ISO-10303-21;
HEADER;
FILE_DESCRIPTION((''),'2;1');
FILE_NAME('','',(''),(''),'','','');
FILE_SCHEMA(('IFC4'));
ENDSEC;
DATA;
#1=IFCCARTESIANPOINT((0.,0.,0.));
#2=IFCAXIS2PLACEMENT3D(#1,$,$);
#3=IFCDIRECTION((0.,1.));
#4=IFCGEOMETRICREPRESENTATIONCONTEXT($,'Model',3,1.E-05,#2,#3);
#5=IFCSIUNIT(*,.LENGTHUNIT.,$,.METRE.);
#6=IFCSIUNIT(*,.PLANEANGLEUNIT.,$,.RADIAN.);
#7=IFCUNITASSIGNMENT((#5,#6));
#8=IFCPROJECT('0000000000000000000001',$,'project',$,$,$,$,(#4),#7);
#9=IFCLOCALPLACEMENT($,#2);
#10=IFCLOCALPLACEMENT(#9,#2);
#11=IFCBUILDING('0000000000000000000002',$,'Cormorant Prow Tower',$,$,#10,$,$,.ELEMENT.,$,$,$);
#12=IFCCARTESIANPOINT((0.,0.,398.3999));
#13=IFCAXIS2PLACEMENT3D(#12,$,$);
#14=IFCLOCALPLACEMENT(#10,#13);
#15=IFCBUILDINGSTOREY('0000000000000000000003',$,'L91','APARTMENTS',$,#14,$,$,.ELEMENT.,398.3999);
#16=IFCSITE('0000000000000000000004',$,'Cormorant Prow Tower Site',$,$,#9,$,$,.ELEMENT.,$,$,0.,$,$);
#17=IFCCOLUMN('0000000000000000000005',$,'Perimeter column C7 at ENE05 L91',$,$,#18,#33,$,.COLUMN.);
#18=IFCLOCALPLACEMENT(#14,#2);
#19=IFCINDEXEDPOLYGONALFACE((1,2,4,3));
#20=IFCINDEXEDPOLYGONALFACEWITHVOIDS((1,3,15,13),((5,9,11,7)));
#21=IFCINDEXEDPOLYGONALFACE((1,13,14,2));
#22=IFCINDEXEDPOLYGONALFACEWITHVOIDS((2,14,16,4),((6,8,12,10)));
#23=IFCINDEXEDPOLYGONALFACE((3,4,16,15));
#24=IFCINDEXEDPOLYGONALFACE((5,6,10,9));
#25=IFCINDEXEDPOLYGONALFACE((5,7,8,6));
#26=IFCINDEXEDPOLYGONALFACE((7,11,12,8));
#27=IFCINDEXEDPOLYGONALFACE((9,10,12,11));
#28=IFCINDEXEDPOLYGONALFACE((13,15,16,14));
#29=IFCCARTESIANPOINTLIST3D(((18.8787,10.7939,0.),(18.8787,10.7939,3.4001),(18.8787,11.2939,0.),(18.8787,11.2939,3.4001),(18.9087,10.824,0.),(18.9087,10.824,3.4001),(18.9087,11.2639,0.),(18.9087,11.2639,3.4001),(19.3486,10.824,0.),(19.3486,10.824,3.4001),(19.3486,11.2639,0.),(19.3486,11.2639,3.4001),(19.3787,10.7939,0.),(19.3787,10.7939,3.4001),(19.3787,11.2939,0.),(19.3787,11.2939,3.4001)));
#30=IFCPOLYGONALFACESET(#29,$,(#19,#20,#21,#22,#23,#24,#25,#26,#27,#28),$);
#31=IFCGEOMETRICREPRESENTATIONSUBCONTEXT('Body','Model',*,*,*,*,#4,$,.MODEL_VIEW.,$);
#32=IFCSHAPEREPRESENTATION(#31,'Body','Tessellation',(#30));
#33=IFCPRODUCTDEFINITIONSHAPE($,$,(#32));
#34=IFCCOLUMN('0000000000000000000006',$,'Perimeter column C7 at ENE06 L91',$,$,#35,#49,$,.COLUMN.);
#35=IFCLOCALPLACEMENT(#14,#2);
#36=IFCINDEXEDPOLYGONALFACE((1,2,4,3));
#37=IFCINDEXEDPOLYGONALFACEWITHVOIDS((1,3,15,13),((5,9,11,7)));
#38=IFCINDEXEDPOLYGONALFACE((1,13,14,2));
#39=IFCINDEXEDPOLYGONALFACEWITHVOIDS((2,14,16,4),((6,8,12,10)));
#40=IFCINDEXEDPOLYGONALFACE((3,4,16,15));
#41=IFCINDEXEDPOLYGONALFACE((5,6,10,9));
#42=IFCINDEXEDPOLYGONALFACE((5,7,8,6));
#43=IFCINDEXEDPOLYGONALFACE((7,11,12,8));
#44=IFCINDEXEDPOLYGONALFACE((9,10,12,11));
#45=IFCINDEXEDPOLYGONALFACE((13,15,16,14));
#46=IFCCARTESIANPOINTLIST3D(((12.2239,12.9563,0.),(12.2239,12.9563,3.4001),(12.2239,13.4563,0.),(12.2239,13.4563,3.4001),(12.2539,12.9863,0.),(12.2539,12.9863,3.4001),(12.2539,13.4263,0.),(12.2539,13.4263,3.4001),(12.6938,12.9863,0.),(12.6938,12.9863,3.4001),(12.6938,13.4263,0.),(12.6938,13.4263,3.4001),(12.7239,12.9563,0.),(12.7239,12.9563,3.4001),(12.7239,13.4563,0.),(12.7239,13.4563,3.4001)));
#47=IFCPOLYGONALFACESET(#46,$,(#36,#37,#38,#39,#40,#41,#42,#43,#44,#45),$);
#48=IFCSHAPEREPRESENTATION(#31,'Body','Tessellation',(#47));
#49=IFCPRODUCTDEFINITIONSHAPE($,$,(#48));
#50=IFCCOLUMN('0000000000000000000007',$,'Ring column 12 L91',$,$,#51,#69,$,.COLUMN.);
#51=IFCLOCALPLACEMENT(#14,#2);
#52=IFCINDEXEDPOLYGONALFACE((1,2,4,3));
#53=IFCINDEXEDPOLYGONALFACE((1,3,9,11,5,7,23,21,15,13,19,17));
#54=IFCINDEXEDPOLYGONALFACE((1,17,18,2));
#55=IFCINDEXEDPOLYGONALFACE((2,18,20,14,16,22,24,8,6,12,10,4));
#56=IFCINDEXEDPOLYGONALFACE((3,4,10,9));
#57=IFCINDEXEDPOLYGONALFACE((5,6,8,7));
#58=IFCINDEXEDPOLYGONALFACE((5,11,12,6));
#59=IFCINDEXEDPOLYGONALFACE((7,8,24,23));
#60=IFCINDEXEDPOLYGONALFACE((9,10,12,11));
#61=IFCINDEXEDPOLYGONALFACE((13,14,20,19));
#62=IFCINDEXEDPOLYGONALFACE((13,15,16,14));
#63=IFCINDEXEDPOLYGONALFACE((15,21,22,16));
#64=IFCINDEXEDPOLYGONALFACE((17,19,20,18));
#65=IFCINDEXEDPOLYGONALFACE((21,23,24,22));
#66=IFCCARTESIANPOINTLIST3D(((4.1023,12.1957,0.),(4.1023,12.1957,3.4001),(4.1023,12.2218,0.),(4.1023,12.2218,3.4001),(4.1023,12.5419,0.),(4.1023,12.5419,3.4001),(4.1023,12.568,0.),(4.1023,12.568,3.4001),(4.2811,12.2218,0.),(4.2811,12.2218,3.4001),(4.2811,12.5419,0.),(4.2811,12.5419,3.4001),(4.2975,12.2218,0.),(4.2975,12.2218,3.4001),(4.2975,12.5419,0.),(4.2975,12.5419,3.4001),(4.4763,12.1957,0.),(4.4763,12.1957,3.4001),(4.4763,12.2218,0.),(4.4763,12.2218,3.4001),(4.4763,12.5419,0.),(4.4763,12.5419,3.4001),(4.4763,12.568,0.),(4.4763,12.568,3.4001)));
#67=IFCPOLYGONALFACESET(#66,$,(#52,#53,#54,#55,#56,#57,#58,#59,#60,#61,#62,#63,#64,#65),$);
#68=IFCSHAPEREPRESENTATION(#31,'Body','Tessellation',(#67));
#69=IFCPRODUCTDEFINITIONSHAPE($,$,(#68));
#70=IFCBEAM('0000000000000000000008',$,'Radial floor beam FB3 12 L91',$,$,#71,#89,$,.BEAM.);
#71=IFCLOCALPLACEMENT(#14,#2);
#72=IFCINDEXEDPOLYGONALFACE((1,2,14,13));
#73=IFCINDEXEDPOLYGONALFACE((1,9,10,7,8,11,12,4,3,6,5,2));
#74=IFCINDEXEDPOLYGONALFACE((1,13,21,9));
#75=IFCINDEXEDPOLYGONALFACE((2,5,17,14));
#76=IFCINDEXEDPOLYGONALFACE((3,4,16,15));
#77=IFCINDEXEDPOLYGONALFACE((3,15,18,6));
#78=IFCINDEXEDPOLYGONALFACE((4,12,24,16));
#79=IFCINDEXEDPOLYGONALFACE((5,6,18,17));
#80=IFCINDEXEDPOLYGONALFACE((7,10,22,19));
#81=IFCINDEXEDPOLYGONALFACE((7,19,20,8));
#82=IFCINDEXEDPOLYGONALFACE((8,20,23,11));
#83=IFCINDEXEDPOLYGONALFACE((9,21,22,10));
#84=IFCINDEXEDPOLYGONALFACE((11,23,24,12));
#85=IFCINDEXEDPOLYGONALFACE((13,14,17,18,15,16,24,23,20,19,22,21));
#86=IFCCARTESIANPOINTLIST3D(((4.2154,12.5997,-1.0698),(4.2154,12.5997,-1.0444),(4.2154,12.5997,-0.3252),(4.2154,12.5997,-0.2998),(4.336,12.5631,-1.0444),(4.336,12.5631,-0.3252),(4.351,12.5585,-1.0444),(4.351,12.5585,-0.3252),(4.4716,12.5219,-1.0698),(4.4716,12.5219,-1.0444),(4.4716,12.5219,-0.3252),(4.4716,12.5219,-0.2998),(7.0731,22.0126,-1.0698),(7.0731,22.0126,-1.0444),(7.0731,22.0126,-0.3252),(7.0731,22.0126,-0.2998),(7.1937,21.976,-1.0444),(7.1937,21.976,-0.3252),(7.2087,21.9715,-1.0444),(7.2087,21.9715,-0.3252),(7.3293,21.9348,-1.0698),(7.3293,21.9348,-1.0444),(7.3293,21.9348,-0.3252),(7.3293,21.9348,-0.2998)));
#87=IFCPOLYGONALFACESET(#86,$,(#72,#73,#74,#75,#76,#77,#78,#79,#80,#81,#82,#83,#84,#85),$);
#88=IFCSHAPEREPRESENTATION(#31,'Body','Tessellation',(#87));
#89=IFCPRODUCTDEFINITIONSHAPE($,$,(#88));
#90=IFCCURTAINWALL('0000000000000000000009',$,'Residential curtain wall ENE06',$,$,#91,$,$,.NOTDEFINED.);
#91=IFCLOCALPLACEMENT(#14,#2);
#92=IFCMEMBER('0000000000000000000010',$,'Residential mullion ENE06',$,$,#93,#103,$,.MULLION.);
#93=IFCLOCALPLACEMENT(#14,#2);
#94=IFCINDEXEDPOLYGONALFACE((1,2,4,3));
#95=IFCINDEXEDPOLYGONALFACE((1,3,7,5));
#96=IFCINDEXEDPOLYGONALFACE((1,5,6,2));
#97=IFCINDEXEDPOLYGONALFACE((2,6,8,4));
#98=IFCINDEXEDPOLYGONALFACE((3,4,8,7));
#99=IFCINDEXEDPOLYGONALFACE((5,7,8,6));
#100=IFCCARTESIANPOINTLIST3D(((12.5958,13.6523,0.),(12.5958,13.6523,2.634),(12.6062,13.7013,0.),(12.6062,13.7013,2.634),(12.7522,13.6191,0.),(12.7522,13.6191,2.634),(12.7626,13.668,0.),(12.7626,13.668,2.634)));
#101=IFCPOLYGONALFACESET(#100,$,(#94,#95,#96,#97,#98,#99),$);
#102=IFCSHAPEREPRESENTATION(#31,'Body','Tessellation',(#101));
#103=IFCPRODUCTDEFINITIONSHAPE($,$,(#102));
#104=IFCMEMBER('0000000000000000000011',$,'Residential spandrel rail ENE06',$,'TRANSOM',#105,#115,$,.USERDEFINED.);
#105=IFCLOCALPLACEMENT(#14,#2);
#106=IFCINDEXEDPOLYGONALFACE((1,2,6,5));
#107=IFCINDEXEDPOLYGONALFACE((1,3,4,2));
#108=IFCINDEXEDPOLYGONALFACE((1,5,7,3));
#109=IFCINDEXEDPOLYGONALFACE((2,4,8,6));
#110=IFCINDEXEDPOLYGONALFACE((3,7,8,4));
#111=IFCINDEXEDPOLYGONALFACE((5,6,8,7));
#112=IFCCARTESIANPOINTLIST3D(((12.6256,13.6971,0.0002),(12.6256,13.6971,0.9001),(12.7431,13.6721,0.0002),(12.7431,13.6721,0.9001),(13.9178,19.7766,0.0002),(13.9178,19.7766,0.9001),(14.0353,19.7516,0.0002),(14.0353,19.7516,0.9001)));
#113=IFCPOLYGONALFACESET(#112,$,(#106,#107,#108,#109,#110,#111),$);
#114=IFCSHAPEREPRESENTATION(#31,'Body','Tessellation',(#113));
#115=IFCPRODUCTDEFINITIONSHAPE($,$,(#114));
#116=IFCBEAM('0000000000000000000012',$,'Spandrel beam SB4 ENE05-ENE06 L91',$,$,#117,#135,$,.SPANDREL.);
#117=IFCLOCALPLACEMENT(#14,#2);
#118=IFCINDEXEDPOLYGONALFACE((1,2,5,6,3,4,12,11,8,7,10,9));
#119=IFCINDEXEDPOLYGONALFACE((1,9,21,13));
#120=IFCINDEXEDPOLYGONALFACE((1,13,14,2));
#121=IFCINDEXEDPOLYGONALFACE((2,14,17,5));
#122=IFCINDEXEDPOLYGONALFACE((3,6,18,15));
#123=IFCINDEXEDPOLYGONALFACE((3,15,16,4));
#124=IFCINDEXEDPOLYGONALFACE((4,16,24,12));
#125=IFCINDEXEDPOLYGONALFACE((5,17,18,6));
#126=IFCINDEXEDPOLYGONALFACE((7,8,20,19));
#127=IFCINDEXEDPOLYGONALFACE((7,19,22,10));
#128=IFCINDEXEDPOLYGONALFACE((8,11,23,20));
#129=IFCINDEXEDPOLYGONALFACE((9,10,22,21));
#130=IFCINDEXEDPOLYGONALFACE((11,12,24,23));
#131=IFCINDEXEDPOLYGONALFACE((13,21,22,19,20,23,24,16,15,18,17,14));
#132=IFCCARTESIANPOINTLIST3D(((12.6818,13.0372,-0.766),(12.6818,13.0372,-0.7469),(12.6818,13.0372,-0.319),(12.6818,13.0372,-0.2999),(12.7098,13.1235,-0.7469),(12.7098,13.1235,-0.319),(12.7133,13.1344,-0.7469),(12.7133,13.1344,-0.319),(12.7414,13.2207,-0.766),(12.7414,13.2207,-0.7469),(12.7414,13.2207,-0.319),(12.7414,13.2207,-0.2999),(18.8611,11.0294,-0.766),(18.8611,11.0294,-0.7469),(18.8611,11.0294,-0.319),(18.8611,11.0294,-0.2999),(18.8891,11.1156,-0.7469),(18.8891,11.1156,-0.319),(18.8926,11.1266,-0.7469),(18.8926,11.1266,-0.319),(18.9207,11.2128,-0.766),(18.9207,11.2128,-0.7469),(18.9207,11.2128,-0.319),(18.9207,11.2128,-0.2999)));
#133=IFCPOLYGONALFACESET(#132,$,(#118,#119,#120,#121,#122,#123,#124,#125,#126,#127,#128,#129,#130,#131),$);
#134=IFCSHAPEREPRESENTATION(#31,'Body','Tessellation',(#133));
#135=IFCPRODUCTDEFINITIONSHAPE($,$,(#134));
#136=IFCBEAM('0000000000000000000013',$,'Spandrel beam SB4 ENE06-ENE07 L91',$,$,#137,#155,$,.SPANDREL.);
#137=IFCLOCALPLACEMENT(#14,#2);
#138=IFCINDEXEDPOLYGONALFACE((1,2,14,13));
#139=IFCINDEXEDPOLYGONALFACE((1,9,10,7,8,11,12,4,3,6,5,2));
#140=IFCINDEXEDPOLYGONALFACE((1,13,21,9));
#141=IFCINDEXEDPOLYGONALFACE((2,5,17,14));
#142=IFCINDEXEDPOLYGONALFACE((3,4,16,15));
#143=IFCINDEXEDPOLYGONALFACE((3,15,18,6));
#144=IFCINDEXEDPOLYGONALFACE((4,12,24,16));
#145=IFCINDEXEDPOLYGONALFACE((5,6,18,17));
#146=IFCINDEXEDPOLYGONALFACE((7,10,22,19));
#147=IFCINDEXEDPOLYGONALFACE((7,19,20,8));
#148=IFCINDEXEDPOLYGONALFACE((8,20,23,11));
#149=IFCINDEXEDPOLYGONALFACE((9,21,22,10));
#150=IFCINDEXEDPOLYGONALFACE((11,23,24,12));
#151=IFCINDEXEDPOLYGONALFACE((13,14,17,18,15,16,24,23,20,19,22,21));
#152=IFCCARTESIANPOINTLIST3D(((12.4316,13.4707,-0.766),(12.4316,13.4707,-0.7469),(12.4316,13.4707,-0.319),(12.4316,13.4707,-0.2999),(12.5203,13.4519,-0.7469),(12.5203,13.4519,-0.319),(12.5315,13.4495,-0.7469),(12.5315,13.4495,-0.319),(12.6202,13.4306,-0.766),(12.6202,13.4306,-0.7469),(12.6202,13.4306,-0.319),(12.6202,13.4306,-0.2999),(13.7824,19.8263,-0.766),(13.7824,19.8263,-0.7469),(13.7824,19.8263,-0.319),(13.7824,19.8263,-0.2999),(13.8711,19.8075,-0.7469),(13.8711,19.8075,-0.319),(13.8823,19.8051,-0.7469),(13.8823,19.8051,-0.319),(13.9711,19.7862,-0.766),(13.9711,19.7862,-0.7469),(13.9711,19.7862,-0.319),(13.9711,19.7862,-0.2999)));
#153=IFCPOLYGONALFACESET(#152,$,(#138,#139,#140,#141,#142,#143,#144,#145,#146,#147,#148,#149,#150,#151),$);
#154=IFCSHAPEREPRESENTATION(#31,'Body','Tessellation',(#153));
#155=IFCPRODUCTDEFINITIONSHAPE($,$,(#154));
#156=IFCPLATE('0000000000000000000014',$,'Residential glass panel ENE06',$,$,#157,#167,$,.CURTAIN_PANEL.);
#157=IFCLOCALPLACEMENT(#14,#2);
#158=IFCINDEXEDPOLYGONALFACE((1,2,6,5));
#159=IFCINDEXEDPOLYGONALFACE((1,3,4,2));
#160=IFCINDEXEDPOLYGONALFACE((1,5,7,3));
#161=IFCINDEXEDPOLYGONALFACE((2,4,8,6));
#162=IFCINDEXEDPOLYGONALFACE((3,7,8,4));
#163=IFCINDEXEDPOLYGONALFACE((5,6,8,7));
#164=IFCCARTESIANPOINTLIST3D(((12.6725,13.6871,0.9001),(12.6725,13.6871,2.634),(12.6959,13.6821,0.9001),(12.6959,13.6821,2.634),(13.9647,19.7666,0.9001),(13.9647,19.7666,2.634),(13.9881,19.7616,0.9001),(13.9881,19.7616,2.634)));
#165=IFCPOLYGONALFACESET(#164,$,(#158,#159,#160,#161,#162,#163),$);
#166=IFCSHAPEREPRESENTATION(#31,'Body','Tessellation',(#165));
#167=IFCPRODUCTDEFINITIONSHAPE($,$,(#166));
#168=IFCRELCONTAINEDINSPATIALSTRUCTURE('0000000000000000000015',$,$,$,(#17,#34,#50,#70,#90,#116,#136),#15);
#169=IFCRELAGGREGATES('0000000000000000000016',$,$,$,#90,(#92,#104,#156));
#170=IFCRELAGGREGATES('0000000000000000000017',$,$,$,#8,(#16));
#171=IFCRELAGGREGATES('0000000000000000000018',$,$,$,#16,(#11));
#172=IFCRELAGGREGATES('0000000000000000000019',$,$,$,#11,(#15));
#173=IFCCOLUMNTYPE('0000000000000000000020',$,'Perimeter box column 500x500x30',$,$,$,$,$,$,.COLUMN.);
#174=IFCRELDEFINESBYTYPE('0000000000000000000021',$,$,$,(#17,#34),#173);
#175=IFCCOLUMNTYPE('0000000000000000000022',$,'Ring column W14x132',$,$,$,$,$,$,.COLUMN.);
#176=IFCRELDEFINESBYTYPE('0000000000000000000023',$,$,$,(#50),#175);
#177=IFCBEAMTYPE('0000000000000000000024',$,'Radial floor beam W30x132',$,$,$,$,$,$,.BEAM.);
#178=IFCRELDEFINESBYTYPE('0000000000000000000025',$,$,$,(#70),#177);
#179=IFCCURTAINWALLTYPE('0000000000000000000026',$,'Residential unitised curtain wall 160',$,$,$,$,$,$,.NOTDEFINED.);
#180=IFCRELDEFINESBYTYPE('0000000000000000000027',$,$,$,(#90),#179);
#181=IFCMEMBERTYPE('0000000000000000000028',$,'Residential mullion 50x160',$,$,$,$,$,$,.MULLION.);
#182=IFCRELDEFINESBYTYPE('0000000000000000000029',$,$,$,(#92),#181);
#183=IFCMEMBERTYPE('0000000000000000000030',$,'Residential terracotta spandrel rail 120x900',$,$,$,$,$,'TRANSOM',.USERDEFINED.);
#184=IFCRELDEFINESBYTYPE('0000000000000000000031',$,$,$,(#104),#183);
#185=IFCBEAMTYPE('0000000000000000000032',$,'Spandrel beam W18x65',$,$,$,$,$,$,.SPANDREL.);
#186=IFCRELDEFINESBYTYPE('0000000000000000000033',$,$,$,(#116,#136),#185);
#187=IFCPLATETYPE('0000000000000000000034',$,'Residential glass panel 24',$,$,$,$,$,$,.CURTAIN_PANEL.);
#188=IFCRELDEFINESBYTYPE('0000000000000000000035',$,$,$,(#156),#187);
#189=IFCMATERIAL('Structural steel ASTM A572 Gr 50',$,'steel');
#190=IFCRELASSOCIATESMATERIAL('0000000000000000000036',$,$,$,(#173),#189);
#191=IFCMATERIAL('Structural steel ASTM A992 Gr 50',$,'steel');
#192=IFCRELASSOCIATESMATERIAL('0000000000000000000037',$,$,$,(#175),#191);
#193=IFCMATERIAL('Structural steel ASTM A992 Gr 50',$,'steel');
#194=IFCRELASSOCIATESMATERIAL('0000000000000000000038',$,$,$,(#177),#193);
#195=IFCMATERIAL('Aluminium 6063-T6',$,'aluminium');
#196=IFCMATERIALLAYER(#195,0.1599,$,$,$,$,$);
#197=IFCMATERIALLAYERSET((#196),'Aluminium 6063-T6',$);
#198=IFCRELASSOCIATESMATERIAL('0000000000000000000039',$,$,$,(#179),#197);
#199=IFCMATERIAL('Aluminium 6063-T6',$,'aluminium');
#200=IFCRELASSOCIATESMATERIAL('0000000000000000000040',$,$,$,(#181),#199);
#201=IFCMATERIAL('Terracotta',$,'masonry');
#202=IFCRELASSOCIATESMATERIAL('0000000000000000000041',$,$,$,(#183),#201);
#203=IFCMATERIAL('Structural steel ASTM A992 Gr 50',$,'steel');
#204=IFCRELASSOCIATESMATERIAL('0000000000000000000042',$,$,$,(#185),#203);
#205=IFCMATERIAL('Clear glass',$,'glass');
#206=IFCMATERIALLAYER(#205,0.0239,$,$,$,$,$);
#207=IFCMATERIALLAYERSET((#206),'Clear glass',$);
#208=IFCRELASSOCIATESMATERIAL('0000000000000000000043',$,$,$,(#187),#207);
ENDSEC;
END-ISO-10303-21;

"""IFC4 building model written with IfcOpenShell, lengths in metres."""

from ifc_helpers import new_model, si_unit, direction, frame, origin, origin_2d, place, context, subcontext, project, spatial, rectangle, hollow_rectangle, i_section, extrude, material, layer, layer_set, material_profile, profile_set, type_object, element, aggregate, save


model = new_model("IFC4")

# Units and contexts
model_context = context("Model", 3, precision=1e-05, world=origin(), true_north=direction((0.0, 1.0)))
body_context = subcontext(model_context, "Body", "Model", "MODEL_VIEW")
ifc_project = project(units=[si_unit("LENGTHUNIT", "METRE"), si_unit("PLANEANGLEUNIT", "RADIAN")], contexts=[model_context])

# Site, building, storey
site_placement = place(None, origin())
site = spatial("IfcSite", under=ifc_project, at=site_placement, Name="Cormorant Prow Tower Site", CompositionType="ELEMENT", RefElevation=0.0)
building_placement = place(site_placement, origin())
building = spatial("IfcBuilding", under=site, at=building_placement, Name="Cormorant Prow Tower", CompositionType="ELEMENT")
storey_placement = place(building_placement, frame((0.0, 0.0, 398.3999)))
storey = spatial("IfcBuildingStorey", under=building, at=storey_placement, Name="L91", Description="APARTMENTS", CompositionType="ELEMENT", Elevation=398.3999)

# Columns
ifc_material_1 = material(Name="Structural steel ASTM A572 Gr 50", Category="steel")
ifc_material_profile_1 = material_profile(ifc_material_1, hollow_rectangle(XDim=0.5, YDim=0.5, WallThickness=0.03, at=origin_2d()), Name="Box 500x500x30")
ifc_profile_set_1 = profile_set([ifc_material_profile_1], Name="Structural steel ASTM A572 Gr 50")
column_type_1 = type_object("IfcColumnType", Name="Perimeter box column 500x500x30", PredefinedType="COLUMN", material=ifc_profile_set_1)
for number, where, z_axis, x_axis, name in (
    (1, (19.1287, 11.0439, 0.0), (0.0, 0.0, 1.0), (1.0, 0.0, 0.0), "Perimeter column C7 at ENE05 L91"),
    (2, (12.4739, 13.2063, 0.0), (0.0, 0.0, 1.0), (1.0, 0.0, 0.0), "Perimeter column C7 at ENE06 L91"),
):
    element("IfcColumn", number, at=place(storey_placement, frame(where, z_axis=z_axis, x_axis=x_axis)), inside=storey, type_object=column_type_1, Name=name, PredefinedType="COLUMN", context=body_context, shape_type="SweptSolid", body=[
        extrude(hollow_rectangle(XDim=0.5, YDim=0.5, WallThickness=0.03, at=origin_2d()), origin(), (0.0, 0.0, 1.0), 3.4001),
    ])
ifc_material_2 = material(Name="Structural steel ASTM A992 Gr 50", Category="steel")
ifc_material_profile_2 = material_profile(ifc_material_2, i_section(OverallWidth=0.374, OverallDepth=0.3723, WebThickness=0.0164, FlangeThickness=0.0261, at=origin_2d()), Name="W14x132")
ifc_profile_set_2 = profile_set([ifc_material_profile_2], Name="Structural steel ASTM A992 Gr 50")
column_type_2 = type_object("IfcColumnType", Name="Ring column W14x132", PredefinedType="COLUMN", material=ifc_profile_set_2)
column_placement = place(storey_placement, frame((4.2893, 12.3818, 0.0), z_axis=(0.0, 0.0, 1.0), x_axis=(1.0, 0.0, 0.0)))
element("IfcColumn", 3, at=column_placement, inside=storey, type_object=column_type_2, Name="Ring column 12 L91", PredefinedType="COLUMN", context=body_context, shape_type="SweptSolid", body=[
    extrude(i_section(OverallWidth=0.374, OverallDepth=0.3723, WebThickness=0.0164, FlangeThickness=0.0261, at=origin_2d()), origin(), (0.0, 0.0, 1.0), 3.4001),
])

# Beam
ifc_material_3 = material(Name="Structural steel ASTM A992 Gr 50", Category="steel")
ifc_material_profile_3 = material_profile(ifc_material_3, i_section(OverallWidth=0.2678, OverallDepth=0.77, WebThickness=0.0156, FlangeThickness=0.0254, at=origin_2d()), Name="W30x132")
ifc_profile_set_3 = profile_set([ifc_material_profile_3], Name="Structural steel ASTM A992 Gr 50")
beam_type_1 = type_object("IfcBeamType", Name="Radial floor beam W30x132", PredefinedType="BEAM", material=ifc_profile_set_3)
beam_1_placement = place(storey_placement, frame((4.3435, 12.5608, -0.6848), z_axis=(0.2905, 0.956875, 0.0), x_axis=(-0.956875, 0.2905, 0.0)))
element("IfcBeam", 4, at=beam_1_placement, inside=storey, type_object=beam_type_1, Name="Radial floor beam FB3 12 L91", PredefinedType="BEAM", context=body_context, shape_type="SweptSolid", body=[
    extrude(i_section(OverallWidth=0.2678, OverallDepth=0.77, WebThickness=0.0156, FlangeThickness=0.0254, at=origin_2d()), origin(), (0.0, 0.0, 1.0), 9.8372),
])

# Curtain wall, members
ifc_material_4 = material(Name="Aluminium 6063-T6", Category="aluminium")
ifc_layer_1 = layer(ifc_material_4, 0.1599)
ifc_layer_set_1 = layer_set([ifc_layer_1], Name="Aluminium 6063-T6")
curtain_wall_type = type_object("IfcCurtainWallType", Name="Residential unitised curtain wall 160", PredefinedType="NOTDEFINED", material=ifc_layer_set_1)
curtain_wall_placement = place(storey_placement, origin())
curtain_wall = element("IfcCurtainWall", 5, at=curtain_wall_placement, inside=storey, type_object=curtain_wall_type, Name="Residential curtain wall ENE06", PredefinedType="NOTDEFINED")
ifc_material_5 = material(Name="Aluminium 6063-T6", Category="aluminium")
ifc_material_profile_4 = material_profile(ifc_material_5, rectangle(XDim=0.1599, YDim=0.05, at=origin_2d()), Name="Residential mullion 50x160")
ifc_profile_set_4 = profile_set([ifc_material_profile_4], Name="Aluminium 6063-T6")
member_type_1 = type_object("IfcMemberType", Name="Residential mullion 50x160", PredefinedType="MULLION", material=ifc_profile_set_4)
member_1_placement = place(storey_placement, frame((12.6792, 13.6602, 0.0), z_axis=(0.0, 0.0, 1.0), x_axis=(-0.978148, 0.207912, 0.0)))
member_1 = element("IfcMember", 6, at=member_1_placement, type_object=member_type_1, Name="Residential mullion ENE06", PredefinedType="MULLION", context=body_context, shape_type="SweptSolid", body=[
    extrude(rectangle(XDim=0.1599, YDim=0.05, at=origin_2d()), origin(), (0.0, 0.0, 1.0), 2.634),
])
ifc_material_6 = material(Name="Terracotta", Category="masonry")
ifc_material_profile_5 = material_profile(ifc_material_6, rectangle(XDim=0.1201, YDim=0.8999, at=origin_2d()), Name="Residential terracotta spandrel rail 120x900")
ifc_profile_set_5 = profile_set([ifc_material_profile_5], Name="Terracotta")
member_type_2 = type_object("IfcMemberType", Name="Residential terracotta spandrel rail 120x900", ElementType="TRANSOM", PredefinedType="USERDEFINED", material=ifc_profile_set_5)
member_2_placement = place(storey_placement, frame((12.6843, 13.6846, 0.4502), z_axis=(0.207909, 0.978148, 0.0), x_axis=(-0.978148, 0.207909, 0.0)))
member_2 = element("IfcMember", 7, at=member_2_placement, type_object=member_type_2, Name="Residential spandrel rail ENE06", ObjectType="TRANSOM", PredefinedType="USERDEFINED", context=body_context, shape_type="SweptSolid", body=[
    extrude(rectangle(XDim=0.1201, YDim=0.8999, at=origin_2d()), origin(), (0.0, 0.0, 1.0), 6.2153),
])

# Beams
ifc_material_7 = material(Name="Structural steel ASTM A992 Gr 50", Category="steel")
ifc_material_profile_6 = material_profile(ifc_material_7, i_section(OverallWidth=0.1929, OverallDepth=0.4661, WebThickness=0.0115, FlangeThickness=0.019, at=origin_2d()), Name="W18x65")
ifc_profile_set_6 = profile_set([ifc_material_profile_6], Name="Structural steel ASTM A992 Gr 50")
beam_type_2 = type_object("IfcBeamType", Name="Spandrel beam W18x65", PredefinedType="SPANDREL", material=ifc_profile_set_6)
beam_2_placement = place(storey_placement, frame((18.8909, 11.1211, -0.533), z_axis=(-0.951053, 0.309027, 0.0), x_axis=(-0.309027, -0.951053, 0.0)))
element("IfcBeam", 8, at=beam_2_placement, inside=storey, type_object=beam_type_2, Name="Spandrel beam SB4 ENE05-ENE06 L91", PredefinedType="SPANDREL", context=body_context, shape_type="SweptSolid", body=[
    extrude(i_section(OverallWidth=0.1929, OverallDepth=0.4661, WebThickness=0.0115, FlangeThickness=0.019, at=origin_2d()), origin(), (0.0, 0.0, 1.0), 6.4973),
])
beam_3_placement = place(storey_placement, frame((12.5259, 13.4507, -0.533), z_axis=(0.207902, 0.97815, 0.0), x_axis=(-0.97815, 0.207902, 0.0)))
element("IfcBeam", 9, at=beam_3_placement, inside=storey, type_object=beam_type_2, Name="Spandrel beam SB4 ENE06-ENE07 L91", PredefinedType="SPANDREL", context=body_context, shape_type="SweptSolid", body=[
    extrude(i_section(OverallWidth=0.1929, OverallDepth=0.4661, WebThickness=0.0115, FlangeThickness=0.019, at=origin_2d()), origin(), (0.0, 0.0, 1.0), 6.4976),
])

# Plate
ifc_material_8 = material(Name="Clear glass", Category="glass")
ifc_layer_2 = layer(ifc_material_8, 0.0239)
ifc_layer_set_2 = layer_set([ifc_layer_2], Name="Clear glass")
plate_type = type_object("IfcPlateType", Name="Residential glass panel 24", PredefinedType="CURTAIN_PANEL", material=ifc_layer_set_2)
plate_placement = place(storey_placement, frame((13.3303, 16.7244, 0.9001), z_axis=(0.0, 0.0, 1.0), x_axis=(0.207912, 0.978148, 0.0)))
plate = element("IfcPlate", 10, at=plate_placement, type_object=plate_type, Name="Residential glass panel ENE06", PredefinedType="CURTAIN_PANEL", context=body_context, shape_type="SweptSolid", body=[
    extrude(rectangle(XDim=6.2153, YDim=0.0239, at=origin_2d()), origin(), (0.0, 0.0, 1.0), 1.7339),
])
aggregate(curtain_wall, [member_1, member_2, plate])

save(model, "model.ifc")
